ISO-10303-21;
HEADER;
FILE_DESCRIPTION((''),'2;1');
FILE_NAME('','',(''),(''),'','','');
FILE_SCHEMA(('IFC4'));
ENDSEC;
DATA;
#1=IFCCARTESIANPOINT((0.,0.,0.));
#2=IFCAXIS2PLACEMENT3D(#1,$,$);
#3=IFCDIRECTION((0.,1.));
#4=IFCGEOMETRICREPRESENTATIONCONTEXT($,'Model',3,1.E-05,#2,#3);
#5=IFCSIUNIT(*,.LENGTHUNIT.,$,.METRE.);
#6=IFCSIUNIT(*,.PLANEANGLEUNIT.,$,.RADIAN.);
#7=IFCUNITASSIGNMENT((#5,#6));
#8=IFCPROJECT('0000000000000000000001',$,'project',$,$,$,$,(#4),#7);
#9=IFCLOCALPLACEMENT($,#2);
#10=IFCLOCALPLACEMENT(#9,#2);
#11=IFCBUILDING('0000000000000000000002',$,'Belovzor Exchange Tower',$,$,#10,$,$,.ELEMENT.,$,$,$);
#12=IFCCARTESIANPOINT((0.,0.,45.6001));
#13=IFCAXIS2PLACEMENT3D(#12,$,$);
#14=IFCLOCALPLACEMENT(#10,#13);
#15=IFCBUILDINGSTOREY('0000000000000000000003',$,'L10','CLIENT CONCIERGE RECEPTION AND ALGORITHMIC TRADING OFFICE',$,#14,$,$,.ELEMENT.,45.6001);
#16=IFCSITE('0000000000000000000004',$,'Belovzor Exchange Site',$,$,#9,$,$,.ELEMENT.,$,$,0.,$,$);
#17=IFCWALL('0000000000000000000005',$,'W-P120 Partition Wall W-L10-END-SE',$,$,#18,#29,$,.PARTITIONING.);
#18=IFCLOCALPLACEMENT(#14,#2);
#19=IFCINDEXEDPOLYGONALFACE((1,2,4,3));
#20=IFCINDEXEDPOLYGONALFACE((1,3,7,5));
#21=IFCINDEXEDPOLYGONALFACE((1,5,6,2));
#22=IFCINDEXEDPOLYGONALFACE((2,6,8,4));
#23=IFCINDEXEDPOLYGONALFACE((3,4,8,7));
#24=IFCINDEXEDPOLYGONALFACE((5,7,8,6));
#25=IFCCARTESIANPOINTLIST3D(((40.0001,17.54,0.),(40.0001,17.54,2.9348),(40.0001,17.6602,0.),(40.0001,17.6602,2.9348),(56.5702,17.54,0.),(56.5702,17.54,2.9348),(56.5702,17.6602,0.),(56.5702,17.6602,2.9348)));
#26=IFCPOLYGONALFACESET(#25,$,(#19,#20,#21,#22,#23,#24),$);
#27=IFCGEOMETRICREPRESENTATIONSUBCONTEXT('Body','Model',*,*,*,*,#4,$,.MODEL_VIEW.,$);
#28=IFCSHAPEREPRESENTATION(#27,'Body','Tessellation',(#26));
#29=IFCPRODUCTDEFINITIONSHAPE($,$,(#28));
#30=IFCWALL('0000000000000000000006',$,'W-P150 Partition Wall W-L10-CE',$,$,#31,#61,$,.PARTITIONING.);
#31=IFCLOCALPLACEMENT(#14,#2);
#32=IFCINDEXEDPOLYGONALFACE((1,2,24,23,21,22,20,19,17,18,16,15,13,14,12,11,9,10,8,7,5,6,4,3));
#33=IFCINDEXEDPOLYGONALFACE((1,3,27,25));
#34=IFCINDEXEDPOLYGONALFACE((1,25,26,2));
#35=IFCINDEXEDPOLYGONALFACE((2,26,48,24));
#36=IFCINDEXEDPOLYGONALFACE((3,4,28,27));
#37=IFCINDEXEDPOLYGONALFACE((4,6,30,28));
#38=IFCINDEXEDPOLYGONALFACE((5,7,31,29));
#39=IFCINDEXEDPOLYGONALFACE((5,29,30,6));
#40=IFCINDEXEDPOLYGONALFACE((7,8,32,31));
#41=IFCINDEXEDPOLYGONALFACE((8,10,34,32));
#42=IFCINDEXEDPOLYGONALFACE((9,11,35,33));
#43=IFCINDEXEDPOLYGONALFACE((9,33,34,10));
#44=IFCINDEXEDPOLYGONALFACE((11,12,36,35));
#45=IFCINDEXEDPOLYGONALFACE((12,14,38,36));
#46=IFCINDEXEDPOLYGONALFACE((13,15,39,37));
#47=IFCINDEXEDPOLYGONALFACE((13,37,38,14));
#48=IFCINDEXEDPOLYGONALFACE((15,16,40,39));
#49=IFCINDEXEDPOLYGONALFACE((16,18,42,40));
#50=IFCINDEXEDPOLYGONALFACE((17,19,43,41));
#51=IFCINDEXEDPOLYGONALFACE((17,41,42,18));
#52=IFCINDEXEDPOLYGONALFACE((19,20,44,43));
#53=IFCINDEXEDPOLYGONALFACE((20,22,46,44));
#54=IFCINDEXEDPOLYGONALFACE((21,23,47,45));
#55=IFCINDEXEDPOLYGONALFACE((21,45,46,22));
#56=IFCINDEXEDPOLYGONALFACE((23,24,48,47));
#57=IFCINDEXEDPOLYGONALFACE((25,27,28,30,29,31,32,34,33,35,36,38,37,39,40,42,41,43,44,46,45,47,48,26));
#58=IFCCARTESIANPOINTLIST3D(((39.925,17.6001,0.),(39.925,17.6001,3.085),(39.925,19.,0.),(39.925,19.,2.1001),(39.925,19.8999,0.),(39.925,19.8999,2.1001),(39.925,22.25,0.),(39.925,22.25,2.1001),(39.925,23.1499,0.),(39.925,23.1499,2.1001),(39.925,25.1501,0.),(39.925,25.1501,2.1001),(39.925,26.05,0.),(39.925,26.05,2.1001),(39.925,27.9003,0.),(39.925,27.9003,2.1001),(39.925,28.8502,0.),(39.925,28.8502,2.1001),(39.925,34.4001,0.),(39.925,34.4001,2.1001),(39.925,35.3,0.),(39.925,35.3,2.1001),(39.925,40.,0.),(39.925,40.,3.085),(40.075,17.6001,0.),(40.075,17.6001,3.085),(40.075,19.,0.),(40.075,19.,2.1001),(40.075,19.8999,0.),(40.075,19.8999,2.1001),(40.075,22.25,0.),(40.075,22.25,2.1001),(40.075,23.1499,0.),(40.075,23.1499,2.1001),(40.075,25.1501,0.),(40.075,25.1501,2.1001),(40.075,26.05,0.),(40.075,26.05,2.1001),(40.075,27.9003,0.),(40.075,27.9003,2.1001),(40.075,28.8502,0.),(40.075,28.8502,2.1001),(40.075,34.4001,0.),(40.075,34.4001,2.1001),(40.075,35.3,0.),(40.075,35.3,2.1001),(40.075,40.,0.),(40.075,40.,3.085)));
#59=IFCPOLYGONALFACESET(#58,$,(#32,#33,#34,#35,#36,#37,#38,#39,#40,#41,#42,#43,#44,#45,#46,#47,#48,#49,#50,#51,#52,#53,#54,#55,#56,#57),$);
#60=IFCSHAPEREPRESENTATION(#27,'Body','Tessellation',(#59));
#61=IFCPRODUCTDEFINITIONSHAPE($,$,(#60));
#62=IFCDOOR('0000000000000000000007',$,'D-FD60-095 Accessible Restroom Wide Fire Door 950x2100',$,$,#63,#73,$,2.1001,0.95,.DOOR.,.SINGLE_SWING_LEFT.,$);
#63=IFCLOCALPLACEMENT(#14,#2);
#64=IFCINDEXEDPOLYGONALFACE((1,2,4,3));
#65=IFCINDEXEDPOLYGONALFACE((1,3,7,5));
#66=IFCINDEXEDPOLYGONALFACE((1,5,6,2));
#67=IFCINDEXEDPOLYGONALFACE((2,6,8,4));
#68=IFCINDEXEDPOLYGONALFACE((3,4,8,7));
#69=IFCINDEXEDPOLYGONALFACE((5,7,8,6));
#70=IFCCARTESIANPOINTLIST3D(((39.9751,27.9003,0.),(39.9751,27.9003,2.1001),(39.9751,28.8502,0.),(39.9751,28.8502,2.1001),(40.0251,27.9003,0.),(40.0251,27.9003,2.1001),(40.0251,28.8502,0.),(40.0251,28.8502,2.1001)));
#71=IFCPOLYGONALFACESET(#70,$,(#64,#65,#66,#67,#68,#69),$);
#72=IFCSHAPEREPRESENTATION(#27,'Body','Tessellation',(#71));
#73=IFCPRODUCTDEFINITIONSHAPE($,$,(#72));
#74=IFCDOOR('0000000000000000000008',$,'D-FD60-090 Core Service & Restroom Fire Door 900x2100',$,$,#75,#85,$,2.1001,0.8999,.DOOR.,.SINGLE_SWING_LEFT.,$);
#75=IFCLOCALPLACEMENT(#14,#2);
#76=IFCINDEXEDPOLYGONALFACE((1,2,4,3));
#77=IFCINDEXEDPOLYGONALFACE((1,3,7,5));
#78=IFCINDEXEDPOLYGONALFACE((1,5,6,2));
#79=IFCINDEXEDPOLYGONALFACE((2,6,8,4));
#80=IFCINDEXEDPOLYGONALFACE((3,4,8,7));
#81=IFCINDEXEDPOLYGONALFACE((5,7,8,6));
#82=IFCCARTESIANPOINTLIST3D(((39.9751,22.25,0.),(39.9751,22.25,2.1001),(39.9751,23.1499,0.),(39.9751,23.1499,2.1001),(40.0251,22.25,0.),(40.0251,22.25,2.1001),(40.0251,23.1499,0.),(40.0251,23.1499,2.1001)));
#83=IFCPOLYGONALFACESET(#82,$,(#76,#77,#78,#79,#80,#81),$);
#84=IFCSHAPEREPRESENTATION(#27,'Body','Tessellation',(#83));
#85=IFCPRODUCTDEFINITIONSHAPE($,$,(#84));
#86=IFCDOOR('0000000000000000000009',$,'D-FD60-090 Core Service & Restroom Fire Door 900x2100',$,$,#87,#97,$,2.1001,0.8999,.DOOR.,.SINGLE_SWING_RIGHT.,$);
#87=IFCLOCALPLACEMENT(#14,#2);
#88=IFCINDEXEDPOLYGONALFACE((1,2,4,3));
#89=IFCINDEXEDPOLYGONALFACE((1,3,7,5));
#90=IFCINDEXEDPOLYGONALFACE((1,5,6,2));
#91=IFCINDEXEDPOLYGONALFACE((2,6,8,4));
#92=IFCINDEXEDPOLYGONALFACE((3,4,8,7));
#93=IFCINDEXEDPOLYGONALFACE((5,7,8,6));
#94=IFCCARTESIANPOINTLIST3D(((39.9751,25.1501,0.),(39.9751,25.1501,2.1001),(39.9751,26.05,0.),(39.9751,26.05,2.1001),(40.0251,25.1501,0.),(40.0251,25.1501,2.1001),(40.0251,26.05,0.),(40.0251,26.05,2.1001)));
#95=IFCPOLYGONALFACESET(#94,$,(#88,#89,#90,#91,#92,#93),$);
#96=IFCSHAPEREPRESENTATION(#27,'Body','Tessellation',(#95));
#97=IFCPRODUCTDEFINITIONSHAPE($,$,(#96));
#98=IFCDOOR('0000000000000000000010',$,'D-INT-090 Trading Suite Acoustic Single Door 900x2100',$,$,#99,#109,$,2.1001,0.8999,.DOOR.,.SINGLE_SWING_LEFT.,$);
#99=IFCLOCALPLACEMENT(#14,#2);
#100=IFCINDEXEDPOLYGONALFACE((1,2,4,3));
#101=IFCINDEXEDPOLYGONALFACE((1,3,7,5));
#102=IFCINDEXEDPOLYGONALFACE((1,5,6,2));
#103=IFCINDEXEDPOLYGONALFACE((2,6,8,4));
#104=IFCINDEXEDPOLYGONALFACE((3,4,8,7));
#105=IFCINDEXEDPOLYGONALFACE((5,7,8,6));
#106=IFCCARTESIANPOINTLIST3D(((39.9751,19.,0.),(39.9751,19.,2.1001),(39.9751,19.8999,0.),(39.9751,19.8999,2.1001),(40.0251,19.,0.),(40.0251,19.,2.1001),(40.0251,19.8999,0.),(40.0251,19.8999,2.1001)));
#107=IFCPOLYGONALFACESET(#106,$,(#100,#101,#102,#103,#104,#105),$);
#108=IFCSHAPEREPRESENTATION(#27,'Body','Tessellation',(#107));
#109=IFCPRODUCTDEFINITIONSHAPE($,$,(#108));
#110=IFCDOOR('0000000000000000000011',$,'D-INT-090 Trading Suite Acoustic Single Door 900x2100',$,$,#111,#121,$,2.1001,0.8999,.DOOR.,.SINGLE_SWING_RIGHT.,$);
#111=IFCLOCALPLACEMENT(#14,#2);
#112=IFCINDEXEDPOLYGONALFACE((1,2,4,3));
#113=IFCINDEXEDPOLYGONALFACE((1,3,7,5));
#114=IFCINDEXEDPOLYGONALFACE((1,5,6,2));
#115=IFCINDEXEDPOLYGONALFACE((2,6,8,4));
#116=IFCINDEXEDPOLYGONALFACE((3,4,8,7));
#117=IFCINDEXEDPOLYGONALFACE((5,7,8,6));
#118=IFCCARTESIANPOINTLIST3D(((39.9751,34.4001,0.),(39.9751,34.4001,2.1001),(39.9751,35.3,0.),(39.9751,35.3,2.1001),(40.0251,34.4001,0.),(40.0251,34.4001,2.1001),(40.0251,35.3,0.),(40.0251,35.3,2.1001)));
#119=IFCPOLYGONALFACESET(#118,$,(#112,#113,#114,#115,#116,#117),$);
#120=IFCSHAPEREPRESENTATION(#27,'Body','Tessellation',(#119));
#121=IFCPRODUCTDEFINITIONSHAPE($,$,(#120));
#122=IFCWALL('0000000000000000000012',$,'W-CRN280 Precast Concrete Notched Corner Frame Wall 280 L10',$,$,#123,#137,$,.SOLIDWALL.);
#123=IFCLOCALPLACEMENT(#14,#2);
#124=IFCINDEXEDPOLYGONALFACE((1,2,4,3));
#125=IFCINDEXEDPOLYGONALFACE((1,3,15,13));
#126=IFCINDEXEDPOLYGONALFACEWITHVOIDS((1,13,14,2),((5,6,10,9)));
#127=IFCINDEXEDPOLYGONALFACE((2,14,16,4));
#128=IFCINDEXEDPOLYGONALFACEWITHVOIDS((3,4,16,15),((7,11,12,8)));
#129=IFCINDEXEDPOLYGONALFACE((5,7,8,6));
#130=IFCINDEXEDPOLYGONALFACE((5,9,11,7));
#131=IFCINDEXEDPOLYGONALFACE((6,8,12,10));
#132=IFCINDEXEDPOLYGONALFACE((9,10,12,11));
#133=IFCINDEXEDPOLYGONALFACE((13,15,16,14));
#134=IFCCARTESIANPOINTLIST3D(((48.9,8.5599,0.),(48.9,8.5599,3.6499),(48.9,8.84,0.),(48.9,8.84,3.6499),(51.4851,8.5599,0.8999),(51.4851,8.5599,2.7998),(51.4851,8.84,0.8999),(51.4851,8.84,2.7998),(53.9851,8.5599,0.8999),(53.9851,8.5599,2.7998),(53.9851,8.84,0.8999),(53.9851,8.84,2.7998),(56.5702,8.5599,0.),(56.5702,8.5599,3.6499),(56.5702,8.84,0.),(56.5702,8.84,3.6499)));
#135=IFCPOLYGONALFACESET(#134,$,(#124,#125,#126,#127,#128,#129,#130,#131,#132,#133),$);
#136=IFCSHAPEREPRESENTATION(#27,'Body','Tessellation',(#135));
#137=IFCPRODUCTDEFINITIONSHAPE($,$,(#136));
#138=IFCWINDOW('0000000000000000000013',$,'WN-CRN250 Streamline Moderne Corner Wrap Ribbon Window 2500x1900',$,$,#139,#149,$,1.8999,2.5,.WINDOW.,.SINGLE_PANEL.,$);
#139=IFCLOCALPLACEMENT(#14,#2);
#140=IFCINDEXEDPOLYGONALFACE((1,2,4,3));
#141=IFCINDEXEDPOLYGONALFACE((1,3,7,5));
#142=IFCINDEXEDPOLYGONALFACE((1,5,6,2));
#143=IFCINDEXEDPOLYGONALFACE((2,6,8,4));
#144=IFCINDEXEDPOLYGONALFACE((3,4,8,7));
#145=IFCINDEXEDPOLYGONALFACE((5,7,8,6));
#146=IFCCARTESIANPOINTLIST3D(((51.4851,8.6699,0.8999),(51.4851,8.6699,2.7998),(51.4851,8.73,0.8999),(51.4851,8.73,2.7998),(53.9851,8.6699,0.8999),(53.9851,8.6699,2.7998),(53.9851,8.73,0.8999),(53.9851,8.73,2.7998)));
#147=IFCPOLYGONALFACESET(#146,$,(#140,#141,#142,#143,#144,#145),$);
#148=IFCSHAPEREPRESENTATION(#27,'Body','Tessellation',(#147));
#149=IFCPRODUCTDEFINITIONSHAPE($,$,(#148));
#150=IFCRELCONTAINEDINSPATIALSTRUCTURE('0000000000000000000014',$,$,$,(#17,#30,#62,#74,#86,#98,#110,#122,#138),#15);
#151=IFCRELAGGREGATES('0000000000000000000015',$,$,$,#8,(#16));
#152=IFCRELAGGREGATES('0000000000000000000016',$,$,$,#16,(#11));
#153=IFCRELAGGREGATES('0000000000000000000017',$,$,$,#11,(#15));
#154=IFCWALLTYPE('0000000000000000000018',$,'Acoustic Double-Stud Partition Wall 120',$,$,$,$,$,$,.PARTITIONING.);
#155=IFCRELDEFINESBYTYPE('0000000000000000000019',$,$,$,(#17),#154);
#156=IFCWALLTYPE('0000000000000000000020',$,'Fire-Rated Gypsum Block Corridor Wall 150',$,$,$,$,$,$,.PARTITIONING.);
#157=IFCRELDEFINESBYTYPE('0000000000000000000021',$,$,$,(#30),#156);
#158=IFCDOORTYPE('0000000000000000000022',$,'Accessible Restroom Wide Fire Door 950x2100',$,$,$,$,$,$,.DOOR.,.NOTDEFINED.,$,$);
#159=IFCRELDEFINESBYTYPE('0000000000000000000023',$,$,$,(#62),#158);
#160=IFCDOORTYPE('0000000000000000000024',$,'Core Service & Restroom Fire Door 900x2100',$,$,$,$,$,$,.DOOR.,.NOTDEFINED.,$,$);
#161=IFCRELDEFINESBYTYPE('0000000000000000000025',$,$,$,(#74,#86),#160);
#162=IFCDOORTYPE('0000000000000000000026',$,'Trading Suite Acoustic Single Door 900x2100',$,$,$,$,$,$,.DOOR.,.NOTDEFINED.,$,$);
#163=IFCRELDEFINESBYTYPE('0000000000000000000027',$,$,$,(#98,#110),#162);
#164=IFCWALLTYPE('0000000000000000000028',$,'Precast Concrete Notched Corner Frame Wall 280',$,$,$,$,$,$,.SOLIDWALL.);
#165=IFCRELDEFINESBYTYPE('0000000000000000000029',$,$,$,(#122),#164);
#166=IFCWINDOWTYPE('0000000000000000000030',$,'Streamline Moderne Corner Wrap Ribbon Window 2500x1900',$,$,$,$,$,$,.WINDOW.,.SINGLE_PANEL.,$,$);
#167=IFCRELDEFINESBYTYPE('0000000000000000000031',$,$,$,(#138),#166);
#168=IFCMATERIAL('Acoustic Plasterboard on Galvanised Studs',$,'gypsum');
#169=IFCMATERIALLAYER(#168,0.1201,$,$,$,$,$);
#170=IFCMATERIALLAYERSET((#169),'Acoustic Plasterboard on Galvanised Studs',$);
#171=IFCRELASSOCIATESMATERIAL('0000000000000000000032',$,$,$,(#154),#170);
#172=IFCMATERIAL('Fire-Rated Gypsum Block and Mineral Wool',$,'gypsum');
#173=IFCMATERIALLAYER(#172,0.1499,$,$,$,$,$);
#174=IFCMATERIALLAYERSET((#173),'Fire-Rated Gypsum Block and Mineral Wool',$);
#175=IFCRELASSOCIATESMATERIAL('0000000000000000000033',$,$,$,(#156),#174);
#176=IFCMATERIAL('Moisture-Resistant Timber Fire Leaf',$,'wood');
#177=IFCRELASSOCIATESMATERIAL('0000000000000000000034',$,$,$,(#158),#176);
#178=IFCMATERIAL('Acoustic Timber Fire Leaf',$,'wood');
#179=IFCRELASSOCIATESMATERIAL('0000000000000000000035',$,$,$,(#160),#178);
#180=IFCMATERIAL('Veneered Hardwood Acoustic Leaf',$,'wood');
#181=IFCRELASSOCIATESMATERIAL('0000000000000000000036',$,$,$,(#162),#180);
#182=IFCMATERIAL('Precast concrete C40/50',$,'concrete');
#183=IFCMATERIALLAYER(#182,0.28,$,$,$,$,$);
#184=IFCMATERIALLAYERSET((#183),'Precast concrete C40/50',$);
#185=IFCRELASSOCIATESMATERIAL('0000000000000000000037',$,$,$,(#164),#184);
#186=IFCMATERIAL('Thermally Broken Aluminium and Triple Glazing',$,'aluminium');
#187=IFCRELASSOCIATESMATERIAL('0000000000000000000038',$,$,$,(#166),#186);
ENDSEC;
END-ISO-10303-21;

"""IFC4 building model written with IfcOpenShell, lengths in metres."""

from ifc_helpers import new_model, si_unit, direction, frame, frame_2d, origin, place, context, subcontext, project, spatial, rectangle, extrude, material, layer, layer_set, type_object, element, fill, save


model = new_model("IFC4")

# Units and contexts
model_context = context("Model", 3, precision=1e-05, world=origin(), true_north=direction((0.0, 1.0)))
body_context = subcontext(model_context, "Body", "Model", "MODEL_VIEW")
ifc_project = project(units=[si_unit("LENGTHUNIT", "METRE"), si_unit("PLANEANGLEUNIT", "RADIAN")], contexts=[model_context])

# Site, building, storey
site_placement = place(None, origin())
site = spatial("IfcSite", under=ifc_project, at=site_placement, Name="Belovzor Exchange Site", CompositionType="ELEMENT", RefElevation=0.0)
building_placement = place(site_placement, origin())
building = spatial("IfcBuilding", under=site, at=building_placement, Name="Belovzor Exchange Tower", CompositionType="ELEMENT")
storey_placement = place(building_placement, frame((0.0, 0.0, 45.6001)))
storey = spatial("IfcBuildingStorey", under=building, at=storey_placement, Name="L10", Description="CLIENT CONCIERGE RECEPTION AND ALGORITHMIC TRADING OFFICE", CompositionType="ELEMENT", Elevation=45.6001)

# Wall
ifc_material_1 = material(Name="Acoustic Plasterboard on Galvanised Studs", Category="gypsum")
ifc_layer_1 = layer(ifc_material_1, 0.1201)
ifc_layer_set_1 = layer_set([ifc_layer_1], Name="Acoustic Plasterboard on Galvanised Studs")
wall_type_1 = type_object("IfcWallType", Name="Acoustic Double-Stud Partition Wall 120", PredefinedType="PARTITIONING", material=ifc_layer_set_1)
wall_1_placement = place(storey_placement, frame((40.0, 17.6001, 0.0), z_axis=(0.0, 0.0, 1.0), x_axis=(1.0, 0.0, 0.0)))
element("IfcWall", 1, at=wall_1_placement, inside=storey, type_object=wall_type_1, Name="W-P120 Partition Wall W-L10-END-SE", PredefinedType="PARTITIONING", context=body_context, shape_type="SweptSolid", body=[
    extrude(rectangle(XDim=16.5701, YDim=0.1201, at=frame_2d((8.2852, 0.0))), origin(), (0.0, 0.0, 1.0), 2.9348),
])

# Wall, openings, doors
ifc_material_2 = material(Name="Fire-Rated Gypsum Block and Mineral Wool", Category="gypsum")
ifc_layer_2 = layer(ifc_material_2, 0.1499)
ifc_layer_set_2 = layer_set([ifc_layer_2], Name="Fire-Rated Gypsum Block and Mineral Wool")
wall_type_2 = type_object("IfcWallType", Name="Fire-Rated Gypsum Block Corridor Wall 150", PredefinedType="PARTITIONING", material=ifc_layer_set_2)
wall_2_placement = place(storey_placement, frame((40.0, 17.6001, 0.0), z_axis=(0.0, 0.0, 1.0), x_axis=(0.0, 1.0, 0.0)))
wall_2 = element("IfcWall", 2, at=wall_2_placement, inside=storey, type_object=wall_type_2, Name="W-P150 Partition Wall W-L10-CE", PredefinedType="PARTITIONING", context=body_context, shape_type="SweptSolid", body=[
    extrude(rectangle(XDim=22.3999, YDim=0.1499, at=frame_2d((11.2, 0.0))), origin(), (0.0, 0.0, 1.0), 3.085),
])
opening_1_placement = place(wall_2_placement, frame((1.3999, 0.0, 0.0)))
opening_1 = element("IfcOpeningElement", 3, at=opening_1_placement, cuts=wall_2, PredefinedType="OPENING", context=body_context, shape_type="SweptSolid", body=[
    extrude(rectangle(XDim=0.8999, YDim=2.1001, at=frame_2d((0.45, 1.05))), frame((0.0, 0.085, 0.0), z_axis=(0.0, -1.0, 0.0), x_axis=(1.0, 0.0, 0.0)), (0.0, 0.0, 1.0), 0.1699),
])
opening_2_placement = place(wall_2_placement, frame((4.6499, 0.0, 0.0)))
opening_2 = element("IfcOpeningElement", 4, at=opening_2_placement, cuts=wall_2, PredefinedType="OPENING", context=body_context, shape_type="SweptSolid", body=[
    extrude(rectangle(XDim=0.8999, YDim=2.1001, at=frame_2d((0.45, 1.05))), frame((0.0, 0.085, 0.0), z_axis=(0.0, -1.0, 0.0), x_axis=(1.0, 0.0, 0.0)), (0.0, 0.0, 1.0), 0.1699),
])
opening_3_placement = place(wall_2_placement, frame((7.55, 0.0, 0.0)))
opening_3 = element("IfcOpeningElement", 5, at=opening_3_placement, cuts=wall_2, PredefinedType="OPENING", context=body_context, shape_type="SweptSolid", body=[
    extrude(rectangle(XDim=0.8999, YDim=2.1001, at=frame_2d((0.45, 1.05))), frame((0.0, 0.085, 0.0), z_axis=(0.0, -1.0, 0.0), x_axis=(1.0, 0.0, 0.0)), (0.0, 0.0, 1.0), 0.1699),
])
opening_4_placement = place(wall_2_placement, frame((10.3, 0.0, 0.0)))
opening_4 = element("IfcOpeningElement", 6, at=opening_4_placement, cuts=wall_2, PredefinedType="OPENING", context=body_context, shape_type="SweptSolid", body=[
    extrude(rectangle(XDim=0.95, YDim=2.1001, at=frame_2d((0.4751, 1.05))), frame((0.0, 0.085, 0.0), z_axis=(0.0, -1.0, 0.0), x_axis=(1.0, 0.0, 0.0)), (0.0, 0.0, 1.0), 0.1699),
])
opening_5_placement = place(wall_2_placement, frame((16.8, 0.0, 0.0)))
opening_5 = element("IfcOpeningElement", 7, at=opening_5_placement, cuts=wall_2, PredefinedType="OPENING", context=body_context, shape_type="SweptSolid", body=[
    extrude(rectangle(XDim=0.8999, YDim=2.1001, at=frame_2d((0.45, 1.05))), frame((0.0, 0.085, 0.0), z_axis=(0.0, -1.0, 0.0), x_axis=(1.0, 0.0, 0.0)), (0.0, 0.0, 1.0), 0.1699),
])
ifc_material_3 = material(Name="Moisture-Resistant Timber Fire Leaf", Category="wood")
door_type_1 = type_object("IfcDoorType", Name="Accessible Restroom Wide Fire Door 950x2100", OperationType="NOTDEFINED", PredefinedType="DOOR", material=ifc_material_3)
door_1_placement = place(opening_4_placement, origin())
door_1 = element("IfcDoor", 8, at=door_1_placement, inside=storey, type_object=door_type_1, Name="D-FD60-095 Accessible Restroom Wide Fire Door 950x2100", OperationType="SINGLE_SWING_LEFT", OverallHeight=2.1001, OverallWidth=0.95, PredefinedType="DOOR", context=body_context, shape_type="SweptSolid", body=[
    extrude(rectangle(XDim=0.95, YDim=2.1001, at=frame_2d((0.4751, 1.05))), frame((0.0, 0.0249, 0.0), z_axis=(0.0, -1.0, 0.0), x_axis=(1.0, 0.0, 0.0)), (0.0, 0.0, 1.0), 0.05),
])
fill(opening_4, door_1)
ifc_material_4 = material(Name="Acoustic Timber Fire Leaf", Category="wood")
door_type_2 = type_object("IfcDoorType", Name="Core Service & Restroom Fire Door 900x2100", OperationType="NOTDEFINED", PredefinedType="DOOR", material=ifc_material_4)
door_2_placement = place(opening_2_placement, origin())
door_2 = element("IfcDoor", 9, at=door_2_placement, inside=storey, type_object=door_type_2, Name="D-FD60-090 Core Service & Restroom Fire Door 900x2100", OperationType="SINGLE_SWING_LEFT", OverallHeight=2.1001, OverallWidth=0.8999, PredefinedType="DOOR", context=body_context, shape_type="SweptSolid", body=[
    extrude(rectangle(XDim=0.8999, YDim=2.1001, at=frame_2d((0.45, 1.05))), frame((0.0, 0.0249, 0.0), z_axis=(0.0, -1.0, 0.0), x_axis=(1.0, 0.0, 0.0)), (0.0, 0.0, 1.0), 0.05),
])
fill(opening_2, door_2)
door_3_placement = place(opening_3_placement, origin())
door_3 = element("IfcDoor", 10, at=door_3_placement, inside=storey, type_object=door_type_2, Name="D-FD60-090 Core Service & Restroom Fire Door 900x2100", OperationType="SINGLE_SWING_RIGHT", OverallHeight=2.1001, OverallWidth=0.8999, PredefinedType="DOOR", context=body_context, shape_type="SweptSolid", body=[
    extrude(rectangle(XDim=0.8999, YDim=2.1001, at=frame_2d((0.45, 1.05))), frame((0.0, 0.0249, 0.0), z_axis=(0.0, -1.0, 0.0), x_axis=(1.0, 0.0, 0.0)), (0.0, 0.0, 1.0), 0.05),
])
fill(opening_3, door_3)
ifc_material_5 = material(Name="Veneered Hardwood Acoustic Leaf", Category="wood")
door_type_3 = type_object("IfcDoorType", Name="Trading Suite Acoustic Single Door 900x2100", OperationType="NOTDEFINED", PredefinedType="DOOR", material=ifc_material_5)
door_4_placement = place(opening_1_placement, origin())
door_4 = element("IfcDoor", 11, at=door_4_placement, inside=storey, type_object=door_type_3, Name="D-INT-090 Trading Suite Acoustic Single Door 900x2100", OperationType="SINGLE_SWING_LEFT", OverallHeight=2.1001, OverallWidth=0.8999, PredefinedType="DOOR", context=body_context, shape_type="SweptSolid", body=[
    extrude(rectangle(XDim=0.8999, YDim=2.1001, at=frame_2d((0.45, 1.05))), frame((0.0, 0.0249, 0.0), z_axis=(0.0, -1.0, 0.0), x_axis=(1.0, 0.0, 0.0)), (0.0, 0.0, 1.0), 0.05),
])
fill(opening_1, door_4)
door_5_placement = place(opening_5_placement, origin())
door_5 = element("IfcDoor", 12, at=door_5_placement, inside=storey, type_object=door_type_3, Name="D-INT-090 Trading Suite Acoustic Single Door 900x2100", OperationType="SINGLE_SWING_RIGHT", OverallHeight=2.1001, OverallWidth=0.8999, PredefinedType="DOOR", context=body_context, shape_type="SweptSolid", body=[
    extrude(rectangle(XDim=0.8999, YDim=2.1001, at=frame_2d((0.45, 1.05))), frame((0.0, 0.0249, 0.0), z_axis=(0.0, -1.0, 0.0), x_axis=(1.0, 0.0, 0.0)), (0.0, 0.0, 1.0), 0.05),
])
fill(opening_5, door_5)

# Wall, opening, window
ifc_material_6 = material(Name="Precast concrete C40/50", Category="concrete")
ifc_layer_3 = layer(ifc_material_6, 0.28)
ifc_layer_set_3 = layer_set([ifc_layer_3], Name="Precast concrete C40/50")
wall_type_3 = type_object("IfcWallType", Name="Precast Concrete Notched Corner Frame Wall 280", PredefinedType="SOLIDWALL", material=ifc_layer_set_3)
wall_3_placement = place(storey_placement, frame((56.5701, 8.7, 0.0), z_axis=(0.0, 0.0, 1.0), x_axis=(-1.0, 0.0, 0.0)))
wall_3 = element("IfcWall", 13, at=wall_3_placement, inside=storey, type_object=wall_type_3, Name="W-CRN280 Precast Concrete Notched Corner Frame Wall 280 L10", PredefinedType="SOLIDWALL", context=body_context, shape_type="SweptSolid", body=[
    extrude(rectangle(XDim=7.6702, YDim=0.28, at=frame_2d((3.835, 0.0))), origin(), (0.0, 0.0, 1.0), 3.6499),
])
opening_6_placement = place(wall_3_placement, frame((2.585, 0.0, 0.8999)))
opening_6 = element("IfcOpeningElement", 14, at=opening_6_placement, cuts=wall_3, PredefinedType="OPENING", context=body_context, shape_type="SweptSolid", body=[
    extrude(rectangle(XDim=2.5, YDim=1.8999, at=frame_2d((1.25, 0.95))), frame((0.0, 0.1499, 0.0), z_axis=(0.0, -1.0, 0.0), x_axis=(1.0, 0.0, 0.0)), (0.0, 0.0, 1.0), 0.3),
])
ifc_material_7 = material(Name="Thermally Broken Aluminium and Triple Glazing", Category="aluminium")
window_type = type_object("IfcWindowType", Name="Streamline Moderne Corner Wrap Ribbon Window 2500x1900", PartitioningType="SINGLE_PANEL", PredefinedType="WINDOW", material=ifc_material_7)
window_1_placement = place(opening_6_placement, origin())
window_1 = element("IfcWindow", 15, at=window_1_placement, inside=storey, type_object=window_type, Name="WN-CRN250 Streamline Moderne Corner Wrap Ribbon Window 2500x1900", OverallHeight=1.8999, OverallWidth=2.5, PartitioningType="SINGLE_PANEL", PredefinedType="WINDOW", context=body_context, shape_type="SweptSolid", body=[
    extrude(rectangle(XDim=2.5, YDim=1.8999, at=frame_2d((1.25, 0.95))), frame((0.0, 0.03, 0.0), z_axis=(0.0, -1.0, 0.0), x_axis=(1.0, 0.0, 0.0)), (0.0, 0.0, 1.0), 0.0601),
])
fill(opening_6, window_1)

save(model, "model.ifc")
